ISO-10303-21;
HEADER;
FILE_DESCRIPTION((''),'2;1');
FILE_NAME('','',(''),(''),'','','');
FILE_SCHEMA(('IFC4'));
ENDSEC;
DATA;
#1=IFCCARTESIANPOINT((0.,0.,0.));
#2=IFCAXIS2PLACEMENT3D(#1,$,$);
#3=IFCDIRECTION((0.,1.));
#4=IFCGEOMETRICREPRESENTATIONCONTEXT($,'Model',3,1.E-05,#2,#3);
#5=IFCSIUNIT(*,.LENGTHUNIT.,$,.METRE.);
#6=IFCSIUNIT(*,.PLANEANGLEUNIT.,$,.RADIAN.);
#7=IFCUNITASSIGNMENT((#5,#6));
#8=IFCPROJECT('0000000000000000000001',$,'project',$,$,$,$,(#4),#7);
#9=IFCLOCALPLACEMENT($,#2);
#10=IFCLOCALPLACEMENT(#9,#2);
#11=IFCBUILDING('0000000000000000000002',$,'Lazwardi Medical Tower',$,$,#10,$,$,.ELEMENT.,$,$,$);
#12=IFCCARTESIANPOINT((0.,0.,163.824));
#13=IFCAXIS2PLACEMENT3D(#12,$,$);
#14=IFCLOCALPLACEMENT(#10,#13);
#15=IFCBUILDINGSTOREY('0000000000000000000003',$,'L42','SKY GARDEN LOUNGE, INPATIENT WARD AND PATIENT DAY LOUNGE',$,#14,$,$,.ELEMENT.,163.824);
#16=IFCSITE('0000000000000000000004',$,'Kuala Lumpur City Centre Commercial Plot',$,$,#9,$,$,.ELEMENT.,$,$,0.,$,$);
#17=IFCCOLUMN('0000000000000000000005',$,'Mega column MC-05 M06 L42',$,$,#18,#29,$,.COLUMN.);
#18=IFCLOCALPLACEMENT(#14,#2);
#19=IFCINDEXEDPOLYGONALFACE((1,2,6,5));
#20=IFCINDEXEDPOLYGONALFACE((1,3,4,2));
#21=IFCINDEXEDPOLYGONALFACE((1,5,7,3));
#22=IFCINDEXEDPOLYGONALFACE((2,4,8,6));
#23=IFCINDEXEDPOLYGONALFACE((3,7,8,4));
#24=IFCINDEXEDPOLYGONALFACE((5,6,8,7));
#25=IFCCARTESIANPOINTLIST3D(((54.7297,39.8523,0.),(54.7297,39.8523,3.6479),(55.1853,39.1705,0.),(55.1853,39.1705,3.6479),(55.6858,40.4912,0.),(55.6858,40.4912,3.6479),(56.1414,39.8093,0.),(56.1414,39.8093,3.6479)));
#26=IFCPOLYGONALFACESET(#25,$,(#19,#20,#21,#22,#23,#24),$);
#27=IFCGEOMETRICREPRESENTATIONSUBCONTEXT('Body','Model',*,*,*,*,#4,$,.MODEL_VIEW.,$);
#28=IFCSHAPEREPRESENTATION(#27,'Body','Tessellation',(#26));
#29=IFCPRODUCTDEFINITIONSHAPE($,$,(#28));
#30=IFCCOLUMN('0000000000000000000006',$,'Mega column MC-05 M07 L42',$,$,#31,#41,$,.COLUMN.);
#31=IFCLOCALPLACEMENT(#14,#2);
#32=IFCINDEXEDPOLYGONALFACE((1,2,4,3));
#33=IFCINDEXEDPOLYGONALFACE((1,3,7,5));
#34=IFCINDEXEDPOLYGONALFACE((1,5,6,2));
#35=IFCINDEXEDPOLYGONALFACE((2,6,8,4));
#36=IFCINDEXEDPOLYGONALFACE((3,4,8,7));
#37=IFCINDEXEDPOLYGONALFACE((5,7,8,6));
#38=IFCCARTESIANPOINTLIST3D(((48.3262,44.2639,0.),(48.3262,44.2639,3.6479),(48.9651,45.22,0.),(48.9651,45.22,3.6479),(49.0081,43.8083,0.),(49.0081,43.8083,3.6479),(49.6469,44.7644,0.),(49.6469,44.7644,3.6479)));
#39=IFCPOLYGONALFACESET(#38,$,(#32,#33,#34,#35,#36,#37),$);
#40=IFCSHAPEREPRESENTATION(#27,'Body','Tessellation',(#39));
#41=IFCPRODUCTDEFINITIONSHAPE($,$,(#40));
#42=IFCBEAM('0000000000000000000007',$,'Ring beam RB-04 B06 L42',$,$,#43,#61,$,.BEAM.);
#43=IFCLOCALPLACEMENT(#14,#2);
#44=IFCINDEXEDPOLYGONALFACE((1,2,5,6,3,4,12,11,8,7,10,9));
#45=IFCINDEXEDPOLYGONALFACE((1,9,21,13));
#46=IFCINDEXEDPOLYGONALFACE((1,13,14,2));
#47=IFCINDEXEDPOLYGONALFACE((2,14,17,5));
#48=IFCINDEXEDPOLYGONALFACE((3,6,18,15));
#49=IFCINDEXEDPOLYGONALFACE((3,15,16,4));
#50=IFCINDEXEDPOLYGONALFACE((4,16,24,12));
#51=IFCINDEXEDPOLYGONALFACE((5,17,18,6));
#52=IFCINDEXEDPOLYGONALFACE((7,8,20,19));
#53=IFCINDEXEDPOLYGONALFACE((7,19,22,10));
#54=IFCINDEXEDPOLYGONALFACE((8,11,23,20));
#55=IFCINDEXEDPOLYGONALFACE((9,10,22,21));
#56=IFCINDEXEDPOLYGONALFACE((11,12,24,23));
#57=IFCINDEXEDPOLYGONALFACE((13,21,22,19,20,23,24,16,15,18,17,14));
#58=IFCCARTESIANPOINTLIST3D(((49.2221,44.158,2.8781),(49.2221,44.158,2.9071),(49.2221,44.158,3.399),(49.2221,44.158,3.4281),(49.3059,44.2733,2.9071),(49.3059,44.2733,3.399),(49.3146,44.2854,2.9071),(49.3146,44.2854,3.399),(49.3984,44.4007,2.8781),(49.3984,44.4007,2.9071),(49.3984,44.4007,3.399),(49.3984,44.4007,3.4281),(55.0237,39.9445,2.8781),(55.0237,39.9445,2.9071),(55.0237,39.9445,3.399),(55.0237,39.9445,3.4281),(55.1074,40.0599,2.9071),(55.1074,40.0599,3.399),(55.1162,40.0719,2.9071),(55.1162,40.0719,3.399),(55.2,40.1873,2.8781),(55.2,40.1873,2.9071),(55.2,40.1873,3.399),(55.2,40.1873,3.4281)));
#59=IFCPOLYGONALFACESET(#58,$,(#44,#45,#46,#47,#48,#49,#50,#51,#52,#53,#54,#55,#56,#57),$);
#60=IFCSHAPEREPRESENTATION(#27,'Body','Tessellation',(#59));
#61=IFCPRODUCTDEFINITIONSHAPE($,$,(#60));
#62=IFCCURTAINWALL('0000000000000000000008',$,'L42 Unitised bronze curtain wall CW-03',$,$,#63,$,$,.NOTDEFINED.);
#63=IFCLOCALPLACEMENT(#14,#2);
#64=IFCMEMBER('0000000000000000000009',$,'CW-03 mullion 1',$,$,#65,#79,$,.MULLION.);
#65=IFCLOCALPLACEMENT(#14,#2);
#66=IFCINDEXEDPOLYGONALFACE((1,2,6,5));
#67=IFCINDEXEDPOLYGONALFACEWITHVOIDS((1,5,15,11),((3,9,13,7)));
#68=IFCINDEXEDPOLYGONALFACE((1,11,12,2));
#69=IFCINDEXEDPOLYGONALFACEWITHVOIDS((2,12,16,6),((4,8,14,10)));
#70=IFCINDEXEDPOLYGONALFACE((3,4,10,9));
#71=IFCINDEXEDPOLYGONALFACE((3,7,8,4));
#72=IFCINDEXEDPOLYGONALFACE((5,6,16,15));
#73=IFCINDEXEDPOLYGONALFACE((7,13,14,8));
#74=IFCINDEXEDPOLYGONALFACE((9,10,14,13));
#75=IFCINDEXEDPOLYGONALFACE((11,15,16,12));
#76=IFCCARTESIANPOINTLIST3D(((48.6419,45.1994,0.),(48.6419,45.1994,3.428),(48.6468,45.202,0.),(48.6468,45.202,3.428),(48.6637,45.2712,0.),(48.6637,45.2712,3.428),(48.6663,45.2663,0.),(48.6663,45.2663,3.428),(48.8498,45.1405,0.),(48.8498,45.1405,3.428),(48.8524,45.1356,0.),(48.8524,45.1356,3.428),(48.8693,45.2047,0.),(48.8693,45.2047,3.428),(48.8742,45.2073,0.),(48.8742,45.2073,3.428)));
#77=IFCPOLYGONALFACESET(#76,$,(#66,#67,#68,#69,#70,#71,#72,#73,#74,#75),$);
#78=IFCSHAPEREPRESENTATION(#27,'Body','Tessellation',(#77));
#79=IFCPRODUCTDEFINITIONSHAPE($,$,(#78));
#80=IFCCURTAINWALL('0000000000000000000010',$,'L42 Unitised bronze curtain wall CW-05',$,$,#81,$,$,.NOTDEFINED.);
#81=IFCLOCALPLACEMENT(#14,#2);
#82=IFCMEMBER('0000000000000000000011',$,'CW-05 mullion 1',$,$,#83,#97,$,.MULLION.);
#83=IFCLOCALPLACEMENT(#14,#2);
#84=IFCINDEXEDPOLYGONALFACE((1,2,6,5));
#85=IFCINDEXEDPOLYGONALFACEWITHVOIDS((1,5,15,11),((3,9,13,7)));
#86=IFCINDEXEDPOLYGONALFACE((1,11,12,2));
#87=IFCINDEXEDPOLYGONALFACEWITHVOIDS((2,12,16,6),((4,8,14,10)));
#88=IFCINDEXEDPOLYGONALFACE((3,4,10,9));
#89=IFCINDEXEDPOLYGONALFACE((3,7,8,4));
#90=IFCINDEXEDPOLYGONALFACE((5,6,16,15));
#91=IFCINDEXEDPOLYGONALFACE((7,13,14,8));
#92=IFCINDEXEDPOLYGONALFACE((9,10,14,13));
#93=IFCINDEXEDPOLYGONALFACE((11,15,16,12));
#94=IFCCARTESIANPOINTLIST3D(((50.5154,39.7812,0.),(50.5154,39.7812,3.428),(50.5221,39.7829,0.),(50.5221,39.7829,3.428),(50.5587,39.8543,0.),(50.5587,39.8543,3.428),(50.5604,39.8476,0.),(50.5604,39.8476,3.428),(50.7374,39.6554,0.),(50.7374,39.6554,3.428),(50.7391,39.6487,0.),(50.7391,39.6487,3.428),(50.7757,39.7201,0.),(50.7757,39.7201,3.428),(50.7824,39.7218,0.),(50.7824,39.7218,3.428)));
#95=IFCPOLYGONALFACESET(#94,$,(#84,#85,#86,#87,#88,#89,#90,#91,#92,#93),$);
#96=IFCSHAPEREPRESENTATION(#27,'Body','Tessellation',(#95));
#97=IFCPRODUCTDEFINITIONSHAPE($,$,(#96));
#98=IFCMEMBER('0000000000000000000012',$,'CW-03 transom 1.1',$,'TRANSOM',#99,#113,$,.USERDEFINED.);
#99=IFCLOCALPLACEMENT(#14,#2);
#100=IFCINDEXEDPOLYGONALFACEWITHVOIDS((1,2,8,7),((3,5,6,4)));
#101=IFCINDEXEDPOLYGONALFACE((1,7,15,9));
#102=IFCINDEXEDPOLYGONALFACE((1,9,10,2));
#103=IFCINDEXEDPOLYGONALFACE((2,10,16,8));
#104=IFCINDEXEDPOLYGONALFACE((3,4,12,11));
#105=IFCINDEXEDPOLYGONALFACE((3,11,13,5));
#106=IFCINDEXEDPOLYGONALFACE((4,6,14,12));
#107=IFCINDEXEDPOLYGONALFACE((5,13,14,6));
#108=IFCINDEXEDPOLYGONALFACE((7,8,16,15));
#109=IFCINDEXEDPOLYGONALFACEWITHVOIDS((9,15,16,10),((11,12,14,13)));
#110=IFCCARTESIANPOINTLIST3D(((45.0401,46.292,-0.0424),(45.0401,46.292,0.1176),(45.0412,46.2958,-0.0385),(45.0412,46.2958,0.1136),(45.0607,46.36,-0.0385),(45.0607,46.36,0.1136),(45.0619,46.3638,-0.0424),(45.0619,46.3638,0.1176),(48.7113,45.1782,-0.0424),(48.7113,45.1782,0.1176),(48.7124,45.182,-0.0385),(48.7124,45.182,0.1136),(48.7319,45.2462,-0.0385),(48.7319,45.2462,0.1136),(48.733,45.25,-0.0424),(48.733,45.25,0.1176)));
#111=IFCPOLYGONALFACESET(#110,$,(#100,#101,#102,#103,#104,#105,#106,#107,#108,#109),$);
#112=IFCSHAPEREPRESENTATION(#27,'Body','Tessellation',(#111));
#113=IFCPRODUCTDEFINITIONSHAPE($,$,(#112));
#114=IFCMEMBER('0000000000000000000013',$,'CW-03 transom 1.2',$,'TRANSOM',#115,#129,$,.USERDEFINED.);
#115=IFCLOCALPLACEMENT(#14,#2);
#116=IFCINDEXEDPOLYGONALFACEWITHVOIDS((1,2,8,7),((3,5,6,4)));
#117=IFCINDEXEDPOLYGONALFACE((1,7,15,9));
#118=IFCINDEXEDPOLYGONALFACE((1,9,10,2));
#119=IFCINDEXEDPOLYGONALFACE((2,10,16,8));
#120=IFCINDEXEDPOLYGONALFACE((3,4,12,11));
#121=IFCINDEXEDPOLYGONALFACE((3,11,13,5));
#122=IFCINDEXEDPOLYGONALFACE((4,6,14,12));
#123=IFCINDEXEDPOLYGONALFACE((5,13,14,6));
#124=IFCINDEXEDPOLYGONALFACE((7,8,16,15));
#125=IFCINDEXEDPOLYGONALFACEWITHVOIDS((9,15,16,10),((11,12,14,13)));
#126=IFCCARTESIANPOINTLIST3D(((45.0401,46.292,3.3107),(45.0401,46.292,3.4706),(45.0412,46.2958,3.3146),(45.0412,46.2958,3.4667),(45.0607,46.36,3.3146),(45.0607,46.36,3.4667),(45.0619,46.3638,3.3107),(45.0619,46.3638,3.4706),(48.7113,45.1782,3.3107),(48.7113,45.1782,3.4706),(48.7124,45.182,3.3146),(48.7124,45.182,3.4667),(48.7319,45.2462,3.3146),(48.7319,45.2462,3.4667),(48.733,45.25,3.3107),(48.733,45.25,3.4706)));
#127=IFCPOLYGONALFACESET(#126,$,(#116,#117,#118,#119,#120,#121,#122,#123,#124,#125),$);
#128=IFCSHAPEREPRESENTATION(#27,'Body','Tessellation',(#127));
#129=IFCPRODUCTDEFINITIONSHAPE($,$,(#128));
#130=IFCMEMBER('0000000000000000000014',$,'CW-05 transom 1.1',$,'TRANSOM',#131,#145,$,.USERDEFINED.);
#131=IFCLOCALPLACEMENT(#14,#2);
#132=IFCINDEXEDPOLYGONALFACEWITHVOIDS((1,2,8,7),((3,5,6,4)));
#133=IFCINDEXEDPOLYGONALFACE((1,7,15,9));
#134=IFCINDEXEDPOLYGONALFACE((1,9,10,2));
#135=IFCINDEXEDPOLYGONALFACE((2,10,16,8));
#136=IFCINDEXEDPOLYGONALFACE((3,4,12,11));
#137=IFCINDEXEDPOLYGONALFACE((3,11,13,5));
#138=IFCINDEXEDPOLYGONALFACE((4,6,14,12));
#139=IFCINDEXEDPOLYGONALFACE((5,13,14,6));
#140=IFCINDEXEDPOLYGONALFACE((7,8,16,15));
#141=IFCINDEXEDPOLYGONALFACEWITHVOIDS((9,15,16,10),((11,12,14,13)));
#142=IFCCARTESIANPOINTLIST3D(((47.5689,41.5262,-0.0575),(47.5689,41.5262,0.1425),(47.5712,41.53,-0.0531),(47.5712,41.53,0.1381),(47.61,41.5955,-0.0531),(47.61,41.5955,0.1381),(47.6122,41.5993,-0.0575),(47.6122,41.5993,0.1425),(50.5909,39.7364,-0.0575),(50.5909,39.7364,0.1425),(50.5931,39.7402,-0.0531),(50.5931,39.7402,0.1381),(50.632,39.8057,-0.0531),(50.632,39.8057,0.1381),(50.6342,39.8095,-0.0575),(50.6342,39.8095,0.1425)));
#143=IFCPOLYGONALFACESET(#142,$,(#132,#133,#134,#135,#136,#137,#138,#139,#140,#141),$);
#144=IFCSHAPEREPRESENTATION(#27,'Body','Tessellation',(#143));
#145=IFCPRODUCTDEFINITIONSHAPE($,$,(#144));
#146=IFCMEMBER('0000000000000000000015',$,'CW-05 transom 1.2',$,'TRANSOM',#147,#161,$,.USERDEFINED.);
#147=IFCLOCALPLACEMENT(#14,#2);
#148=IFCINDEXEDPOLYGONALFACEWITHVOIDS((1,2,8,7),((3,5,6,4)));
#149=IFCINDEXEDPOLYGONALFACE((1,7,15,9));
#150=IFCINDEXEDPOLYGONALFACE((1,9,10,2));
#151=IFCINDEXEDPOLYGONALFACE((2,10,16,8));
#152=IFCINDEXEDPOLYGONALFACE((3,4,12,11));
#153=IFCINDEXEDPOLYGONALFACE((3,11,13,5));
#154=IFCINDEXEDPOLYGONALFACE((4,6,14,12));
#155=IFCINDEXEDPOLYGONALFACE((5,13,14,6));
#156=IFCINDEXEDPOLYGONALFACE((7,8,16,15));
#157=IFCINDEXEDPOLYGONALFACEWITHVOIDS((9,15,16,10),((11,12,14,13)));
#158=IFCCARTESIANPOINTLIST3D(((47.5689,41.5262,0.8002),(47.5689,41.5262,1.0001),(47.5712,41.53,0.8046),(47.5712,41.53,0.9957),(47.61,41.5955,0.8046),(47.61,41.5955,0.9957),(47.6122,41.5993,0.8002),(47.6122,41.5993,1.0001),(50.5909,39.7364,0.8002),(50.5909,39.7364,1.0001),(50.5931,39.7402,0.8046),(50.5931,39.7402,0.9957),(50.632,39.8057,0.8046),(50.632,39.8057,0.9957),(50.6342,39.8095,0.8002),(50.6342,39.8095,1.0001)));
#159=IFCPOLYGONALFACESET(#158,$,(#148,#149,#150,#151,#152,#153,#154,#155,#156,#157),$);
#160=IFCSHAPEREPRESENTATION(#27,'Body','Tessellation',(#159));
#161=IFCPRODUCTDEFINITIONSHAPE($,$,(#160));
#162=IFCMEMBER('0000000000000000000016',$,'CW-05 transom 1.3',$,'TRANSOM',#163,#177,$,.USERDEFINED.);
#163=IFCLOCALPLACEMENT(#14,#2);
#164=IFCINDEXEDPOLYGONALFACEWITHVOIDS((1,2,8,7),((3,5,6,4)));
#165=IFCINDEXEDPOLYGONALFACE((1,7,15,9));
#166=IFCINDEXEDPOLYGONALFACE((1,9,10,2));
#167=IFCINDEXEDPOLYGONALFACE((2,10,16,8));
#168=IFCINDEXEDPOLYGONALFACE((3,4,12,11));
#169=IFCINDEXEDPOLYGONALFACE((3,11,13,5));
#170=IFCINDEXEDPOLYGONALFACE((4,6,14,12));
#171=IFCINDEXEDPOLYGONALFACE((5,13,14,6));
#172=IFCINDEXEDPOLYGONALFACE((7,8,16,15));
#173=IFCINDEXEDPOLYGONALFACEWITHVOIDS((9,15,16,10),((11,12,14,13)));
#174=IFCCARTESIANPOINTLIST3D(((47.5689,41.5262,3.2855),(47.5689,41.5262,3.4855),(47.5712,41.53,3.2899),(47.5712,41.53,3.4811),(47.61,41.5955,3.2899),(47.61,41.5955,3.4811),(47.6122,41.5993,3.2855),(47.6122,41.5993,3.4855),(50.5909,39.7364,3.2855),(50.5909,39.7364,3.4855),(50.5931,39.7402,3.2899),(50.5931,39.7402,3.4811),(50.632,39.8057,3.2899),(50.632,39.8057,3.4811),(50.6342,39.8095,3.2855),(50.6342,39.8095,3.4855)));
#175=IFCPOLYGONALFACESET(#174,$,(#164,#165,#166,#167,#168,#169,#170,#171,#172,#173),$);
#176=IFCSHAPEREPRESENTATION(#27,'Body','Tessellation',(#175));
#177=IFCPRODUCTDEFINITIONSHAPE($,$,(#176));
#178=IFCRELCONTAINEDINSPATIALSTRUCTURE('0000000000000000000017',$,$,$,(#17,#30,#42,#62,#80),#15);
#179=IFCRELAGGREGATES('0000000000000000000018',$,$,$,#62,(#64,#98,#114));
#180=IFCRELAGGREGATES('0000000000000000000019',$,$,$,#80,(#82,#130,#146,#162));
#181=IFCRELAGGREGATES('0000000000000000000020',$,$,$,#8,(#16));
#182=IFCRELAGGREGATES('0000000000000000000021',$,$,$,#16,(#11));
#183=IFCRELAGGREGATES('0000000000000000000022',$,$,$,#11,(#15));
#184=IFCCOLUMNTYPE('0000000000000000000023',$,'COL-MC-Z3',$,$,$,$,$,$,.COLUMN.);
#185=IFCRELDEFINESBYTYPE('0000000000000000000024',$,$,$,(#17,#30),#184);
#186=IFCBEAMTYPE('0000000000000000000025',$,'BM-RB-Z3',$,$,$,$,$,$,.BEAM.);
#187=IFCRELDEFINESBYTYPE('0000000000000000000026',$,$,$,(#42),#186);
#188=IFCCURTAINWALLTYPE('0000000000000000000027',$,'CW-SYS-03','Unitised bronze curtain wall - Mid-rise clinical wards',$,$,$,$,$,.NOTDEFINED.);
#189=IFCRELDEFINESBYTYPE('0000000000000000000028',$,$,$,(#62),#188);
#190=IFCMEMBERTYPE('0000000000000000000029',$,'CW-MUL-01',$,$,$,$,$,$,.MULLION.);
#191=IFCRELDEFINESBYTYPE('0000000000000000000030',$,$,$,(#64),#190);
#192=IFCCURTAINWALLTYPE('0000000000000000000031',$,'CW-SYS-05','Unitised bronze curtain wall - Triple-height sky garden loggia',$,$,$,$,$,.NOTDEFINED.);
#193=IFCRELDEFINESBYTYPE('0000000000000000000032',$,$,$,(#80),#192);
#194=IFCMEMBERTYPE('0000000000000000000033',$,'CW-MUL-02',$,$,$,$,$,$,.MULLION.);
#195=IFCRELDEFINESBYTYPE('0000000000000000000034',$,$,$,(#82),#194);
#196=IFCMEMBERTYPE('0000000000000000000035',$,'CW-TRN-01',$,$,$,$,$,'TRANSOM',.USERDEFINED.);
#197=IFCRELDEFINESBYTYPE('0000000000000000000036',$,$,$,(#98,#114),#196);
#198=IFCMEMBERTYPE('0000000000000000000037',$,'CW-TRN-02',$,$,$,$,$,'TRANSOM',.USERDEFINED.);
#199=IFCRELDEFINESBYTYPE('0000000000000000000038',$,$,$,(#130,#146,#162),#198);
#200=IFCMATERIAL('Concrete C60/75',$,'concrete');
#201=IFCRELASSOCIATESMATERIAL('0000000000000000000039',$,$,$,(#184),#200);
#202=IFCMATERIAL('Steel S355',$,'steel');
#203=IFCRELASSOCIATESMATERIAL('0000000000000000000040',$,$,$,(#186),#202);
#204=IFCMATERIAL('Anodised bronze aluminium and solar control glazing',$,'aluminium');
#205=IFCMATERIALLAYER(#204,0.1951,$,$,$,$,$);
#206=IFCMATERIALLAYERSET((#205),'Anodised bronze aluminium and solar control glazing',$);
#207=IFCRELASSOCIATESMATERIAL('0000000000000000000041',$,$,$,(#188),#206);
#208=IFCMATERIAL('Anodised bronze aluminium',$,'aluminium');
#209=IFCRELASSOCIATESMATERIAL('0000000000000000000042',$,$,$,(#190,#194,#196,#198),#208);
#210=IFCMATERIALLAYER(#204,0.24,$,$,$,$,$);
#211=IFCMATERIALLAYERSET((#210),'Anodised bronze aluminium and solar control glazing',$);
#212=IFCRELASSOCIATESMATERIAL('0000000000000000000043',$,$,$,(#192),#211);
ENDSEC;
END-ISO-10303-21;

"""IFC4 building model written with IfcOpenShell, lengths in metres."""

from ifc_helpers import new_model, si_unit, direction, frame, origin, origin_2d, place, context, subcontext, project, spatial, rectangle, hollow_rectangle, i_section, extrude, material, layer, layer_set, material_profile, profile_set, type_object, element, aggregate, save


model = new_model("IFC4")

# Units and contexts
model_context = context("Model", 3, precision=1e-05, world=origin(), true_north=direction((0.0, 1.0)))
body_context = subcontext(model_context, "Body", "Model", "MODEL_VIEW")
ifc_project = project(units=[si_unit("LENGTHUNIT", "METRE"), si_unit("PLANEANGLEUNIT", "RADIAN")], contexts=[model_context])

# Site, building, storey
site_placement = place(None, origin())
site = spatial("IfcSite", under=ifc_project, at=site_placement, Name="Kuala Lumpur City Centre Commercial Plot", CompositionType="ELEMENT", RefElevation=0.0)
building_placement = place(site_placement, origin())
building = spatial("IfcBuilding", under=site, at=building_placement, Name="Lazwardi Medical Tower", CompositionType="ELEMENT")
storey_placement = place(building_placement, frame((0.0, 0.0, 163.824)))
storey = spatial("IfcBuildingStorey", under=building, at=storey_placement, Name="L42", Description="SKY GARDEN LOUNGE, INPATIENT WARD AND PATIENT DAY LOUNGE", CompositionType="ELEMENT", Elevation=163.824)

# Columns
ifc_material_1 = material(Name="Concrete C60/75", Category="concrete")
ifc_material_profile_1 = material_profile(ifc_material_1, rectangle(XDim=1.1499, YDim=0.8201, at=origin_2d()), Name="CFT-RECT 1150x820")
ifc_profile_set_1 = profile_set([ifc_material_profile_1], Name="Concrete C60/75")
column_type = type_object("IfcColumnType", Name="COL-MC-Z3", PredefinedType="COLUMN", material=ifc_profile_set_1)
for number, where, z_axis, x_axis, name in (
    (1, (55.4355, 39.8308, 0.0), (0.0, 0.0, 1.0), (0.83147, 0.55557, 0.0), "Mega column MC-05 M06 L42"),
    (2, (48.9866, 44.5142, 0.0), (0.0, 0.0, 1.0), (0.55557, 0.83147, 0.0), "Mega column MC-05 M07 L42"),
):
    element("IfcColumn", number, at=place(storey_placement, frame(where, z_axis=z_axis, x_axis=x_axis)), inside=storey, type_object=column_type, Name=name, PredefinedType="COLUMN", context=body_context, shape_type="SweptSolid", body=[
        extrude(rectangle(XDim=1.1499, YDim=0.8201, at=origin_2d()), origin(), (0.0, 0.0, 1.0), 3.6479),
    ])

# Beam
ifc_material_2 = material(Name="Steel S355", Category="steel")
ifc_material_profile_2 = material_profile(ifc_material_2, i_section(OverallWidth=0.3, OverallDepth=0.55, WebThickness=0.0149, FlangeThickness=0.0291, at=origin_2d()), Name="HEB 550")
ifc_profile_set_2 = profile_set([ifc_material_profile_2], Name="Steel S355")
beam_type = type_object("IfcBeamType", Name="BM-RB-Z3", PredefinedType="BEAM", material=ifc_profile_set_2)
beam_placement = place(storey_placement, frame((55.1118, 40.0659, 3.1531), z_axis=(-0.809128, 0.587633, 0.0), x_axis=(-0.587633, -0.809128, 0.0)))
element("IfcBeam", 3, at=beam_placement, inside=storey, type_object=beam_type, Name="Ring beam RB-04 B06 L42", PredefinedType="BEAM", context=body_context, shape_type="SweptSolid", body=[
    extrude(i_section(OverallWidth=0.3, OverallDepth=0.55, WebThickness=0.0149, FlangeThickness=0.0291, at=origin_2d()), origin(), (0.0, 0.0, 1.0), 7.1702),
])

# Curtain walls, members
ifc_material_3 = material(Name="Anodised bronze aluminium and solar control glazing", Category="aluminium")
ifc_layer_1 = layer(ifc_material_3, 0.1951)
ifc_layer_set_1 = layer_set([ifc_layer_1], Name="Anodised bronze aluminium and solar control glazing")
curtain_wall_type_1 = type_object("IfcCurtainWallType", Name="CW-SYS-03", Description="Unitised bronze curtain wall - Mid-rise clinical wards", PredefinedType="NOTDEFINED", material=ifc_layer_set_1)
curtain_wall_1_placement = place(storey_placement, origin())
curtain_wall_1 = element("IfcCurtainWall", 4, at=curtain_wall_1_placement, inside=storey, type_object=curtain_wall_type_1, Name="L42 Unitised bronze curtain wall CW-03", PredefinedType="NOTDEFINED")
ifc_material_4 = material(Name="Anodised bronze aluminium", Category="aluminium")
ifc_material_profile_3 = material_profile(ifc_material_4, hollow_rectangle(XDim=0.075, YDim=0.22, WallThickness=0.0039, at=origin_2d()), Name="ALU-MULLION 220x75x4")
ifc_profile_set_3 = profile_set([ifc_material_profile_3], Name="Anodised bronze aluminium")
member_type_1 = type_object("IfcMemberType", Name="CW-MUL-01", PredefinedType="MULLION", material=ifc_profile_set_3)
member_1_placement = place(storey_placement, frame((48.7581, 45.2034, 0.0), z_axis=(0.0, 0.0, 1.0), x_axis=(-0.290281, -0.956942, 0.0)))
member_1 = element("IfcMember", 5, at=member_1_placement, type_object=member_type_1, Name="CW-03 mullion 1", PredefinedType="MULLION", context=body_context, shape_type="SweptSolid", body=[
    extrude(hollow_rectangle(XDim=0.075, YDim=0.22, WallThickness=0.0039, at=origin_2d()), origin(), (0.0, 0.0, 1.0), 3.428),
])
ifc_layer_2 = layer(ifc_material_3, 0.24)
ifc_layer_set_2 = layer_set([ifc_layer_2], Name="Anodised bronze aluminium and solar control glazing")
curtain_wall_type_2 = type_object("IfcCurtainWallType", Name="CW-SYS-05", Description="Unitised bronze curtain wall - Triple-height sky garden loggia", PredefinedType="NOTDEFINED", material=ifc_layer_set_2)
curtain_wall_2_placement = place(storey_placement, origin())
curtain_wall_2 = element("IfcCurtainWall", 6, at=curtain_wall_2_placement, inside=storey, type_object=curtain_wall_type_2, Name="L42 Unitised bronze curtain wall CW-05", PredefinedType="NOTDEFINED")
ifc_material_profile_4 = material_profile(ifc_material_4, hollow_rectangle(XDim=0.085, YDim=0.26, WallThickness=0.0049, at=origin_2d()), Name="ALU-MULLION 260x85x5")
ifc_profile_set_4 = profile_set([ifc_material_profile_4], Name="Anodised bronze aluminium")
member_type_2 = type_object("IfcMemberType", Name="CW-MUL-02", PredefinedType="MULLION", material=ifc_profile_set_4)
member_2_placement = place(storey_placement, frame((50.6489, 39.7515, 0.0), z_axis=(0.0, 0.0, 1.0), x_axis=(-0.509571, -0.860429, 0.0)))
member_2 = element("IfcMember", 7, at=member_2_placement, type_object=member_type_2, Name="CW-05 mullion 1", PredefinedType="MULLION", context=body_context, shape_type="SweptSolid", body=[
    extrude(hollow_rectangle(XDim=0.085, YDim=0.26, WallThickness=0.0049, at=origin_2d()), origin(), (0.0, 0.0, 1.0), 3.428),
])

# Members
ifc_material_profile_5 = material_profile(ifc_material_4, hollow_rectangle(XDim=0.075, YDim=0.1599, WallThickness=0.0039, at=origin_2d()), Name="ALU-TRANSOM 160x75x4")
ifc_profile_set_5 = profile_set([ifc_material_profile_5], Name="Anodised bronze aluminium")
member_type_3 = type_object("IfcMemberType", Name="CW-TRN-01", ElementType="TRANSOM", PredefinedType="USERDEFINED", material=ifc_profile_set_5)
member_3_placement = place(storey_placement, frame((48.7222, 45.2141, 0.0376), z_axis=(-0.95693, 0.290318, 0.0), x_axis=(-0.290318, -0.95693, 0.0)))
member_3 = element("IfcMember", 8, at=member_3_placement, type_object=member_type_3, Name="CW-03 transom 1.1", ObjectType="TRANSOM", PredefinedType="USERDEFINED", context=body_context, shape_type="SweptSolid", body=[
    extrude(hollow_rectangle(XDim=0.075, YDim=0.1599, WallThickness=0.0039, at=origin_2d()), origin(), (0.0, 0.0, 1.0), 3.8364),
])
member_4_placement = place(storey_placement, frame((48.7222, 45.2141, 3.3906), z_axis=(-0.95693, 0.290318, 0.0), x_axis=(-0.290318, -0.95693, 0.0)))
member_4 = element("IfcMember", 9, at=member_4_placement, type_object=member_type_3, Name="CW-03 transom 1.2", ObjectType="TRANSOM", PredefinedType="USERDEFINED", context=body_context, shape_type="SweptSolid", body=[
    extrude(hollow_rectangle(XDim=0.075, YDim=0.1599, WallThickness=0.0039, at=origin_2d()), origin(), (0.0, 0.0, 1.0), 3.8364),
])
aggregate(curtain_wall_1, [member_1, member_3, member_4])
ifc_material_profile_6 = material_profile(ifc_material_4, hollow_rectangle(XDim=0.085, YDim=0.2, WallThickness=0.0044, at=origin_2d()), Name="ALU-TRANSOM 200x85x4.5")
ifc_profile_set_6 = profile_set([ifc_material_profile_6], Name="Anodised bronze aluminium")
member_type_4 = type_object("IfcMemberType", Name="CW-TRN-02", ElementType="TRANSOM", PredefinedType="USERDEFINED", material=ifc_profile_set_6)
member_5_placement = place(storey_placement, frame((50.6125, 39.7729, 0.0425), z_axis=(-0.860417, 0.509591, 0.0), x_axis=(-0.509591, -0.860417, 0.0)))
member_5 = element("IfcMember", 10, at=member_5_placement, type_object=member_type_4, Name="CW-05 transom 1.1", ObjectType="TRANSOM", PredefinedType="USERDEFINED", context=body_context, shape_type="SweptSolid", body=[
    extrude(hollow_rectangle(XDim=0.085, YDim=0.2, WallThickness=0.0044, at=origin_2d()), origin(), (0.0, 0.0, 1.0), 3.5122),
])
member_6_placement = place(storey_placement, frame((50.6125, 39.7729, 0.9001), z_axis=(-0.860417, 0.509591, 0.0), x_axis=(-0.509591, -0.860417, 0.0)))
member_6 = element("IfcMember", 11, at=member_6_placement, type_object=member_type_4, Name="CW-05 transom 1.2", ObjectType="TRANSOM", PredefinedType="USERDEFINED", context=body_context, shape_type="SweptSolid", body=[
    extrude(hollow_rectangle(XDim=0.085, YDim=0.2, WallThickness=0.0044, at=origin_2d()), origin(), (0.0, 0.0, 1.0), 3.5122),
])
member_7_placement = place(storey_placement, frame((50.6125, 39.7729, 3.3855), z_axis=(-0.860417, 0.509591, 0.0), x_axis=(-0.509591, -0.860417, 0.0)))
member_7 = element("IfcMember", 12, at=member_7_placement, type_object=member_type_4, Name="CW-05 transom 1.3", ObjectType="TRANSOM", PredefinedType="USERDEFINED", context=body_context, shape_type="SweptSolid", body=[
    extrude(hollow_rectangle(XDim=0.085, YDim=0.2, WallThickness=0.0044, at=origin_2d()), origin(), (0.0, 0.0, 1.0), 3.5122),
])

aggregate(curtain_wall_2, [member_2, member_5, member_6, member_7])

save(model, "model.ifc")
